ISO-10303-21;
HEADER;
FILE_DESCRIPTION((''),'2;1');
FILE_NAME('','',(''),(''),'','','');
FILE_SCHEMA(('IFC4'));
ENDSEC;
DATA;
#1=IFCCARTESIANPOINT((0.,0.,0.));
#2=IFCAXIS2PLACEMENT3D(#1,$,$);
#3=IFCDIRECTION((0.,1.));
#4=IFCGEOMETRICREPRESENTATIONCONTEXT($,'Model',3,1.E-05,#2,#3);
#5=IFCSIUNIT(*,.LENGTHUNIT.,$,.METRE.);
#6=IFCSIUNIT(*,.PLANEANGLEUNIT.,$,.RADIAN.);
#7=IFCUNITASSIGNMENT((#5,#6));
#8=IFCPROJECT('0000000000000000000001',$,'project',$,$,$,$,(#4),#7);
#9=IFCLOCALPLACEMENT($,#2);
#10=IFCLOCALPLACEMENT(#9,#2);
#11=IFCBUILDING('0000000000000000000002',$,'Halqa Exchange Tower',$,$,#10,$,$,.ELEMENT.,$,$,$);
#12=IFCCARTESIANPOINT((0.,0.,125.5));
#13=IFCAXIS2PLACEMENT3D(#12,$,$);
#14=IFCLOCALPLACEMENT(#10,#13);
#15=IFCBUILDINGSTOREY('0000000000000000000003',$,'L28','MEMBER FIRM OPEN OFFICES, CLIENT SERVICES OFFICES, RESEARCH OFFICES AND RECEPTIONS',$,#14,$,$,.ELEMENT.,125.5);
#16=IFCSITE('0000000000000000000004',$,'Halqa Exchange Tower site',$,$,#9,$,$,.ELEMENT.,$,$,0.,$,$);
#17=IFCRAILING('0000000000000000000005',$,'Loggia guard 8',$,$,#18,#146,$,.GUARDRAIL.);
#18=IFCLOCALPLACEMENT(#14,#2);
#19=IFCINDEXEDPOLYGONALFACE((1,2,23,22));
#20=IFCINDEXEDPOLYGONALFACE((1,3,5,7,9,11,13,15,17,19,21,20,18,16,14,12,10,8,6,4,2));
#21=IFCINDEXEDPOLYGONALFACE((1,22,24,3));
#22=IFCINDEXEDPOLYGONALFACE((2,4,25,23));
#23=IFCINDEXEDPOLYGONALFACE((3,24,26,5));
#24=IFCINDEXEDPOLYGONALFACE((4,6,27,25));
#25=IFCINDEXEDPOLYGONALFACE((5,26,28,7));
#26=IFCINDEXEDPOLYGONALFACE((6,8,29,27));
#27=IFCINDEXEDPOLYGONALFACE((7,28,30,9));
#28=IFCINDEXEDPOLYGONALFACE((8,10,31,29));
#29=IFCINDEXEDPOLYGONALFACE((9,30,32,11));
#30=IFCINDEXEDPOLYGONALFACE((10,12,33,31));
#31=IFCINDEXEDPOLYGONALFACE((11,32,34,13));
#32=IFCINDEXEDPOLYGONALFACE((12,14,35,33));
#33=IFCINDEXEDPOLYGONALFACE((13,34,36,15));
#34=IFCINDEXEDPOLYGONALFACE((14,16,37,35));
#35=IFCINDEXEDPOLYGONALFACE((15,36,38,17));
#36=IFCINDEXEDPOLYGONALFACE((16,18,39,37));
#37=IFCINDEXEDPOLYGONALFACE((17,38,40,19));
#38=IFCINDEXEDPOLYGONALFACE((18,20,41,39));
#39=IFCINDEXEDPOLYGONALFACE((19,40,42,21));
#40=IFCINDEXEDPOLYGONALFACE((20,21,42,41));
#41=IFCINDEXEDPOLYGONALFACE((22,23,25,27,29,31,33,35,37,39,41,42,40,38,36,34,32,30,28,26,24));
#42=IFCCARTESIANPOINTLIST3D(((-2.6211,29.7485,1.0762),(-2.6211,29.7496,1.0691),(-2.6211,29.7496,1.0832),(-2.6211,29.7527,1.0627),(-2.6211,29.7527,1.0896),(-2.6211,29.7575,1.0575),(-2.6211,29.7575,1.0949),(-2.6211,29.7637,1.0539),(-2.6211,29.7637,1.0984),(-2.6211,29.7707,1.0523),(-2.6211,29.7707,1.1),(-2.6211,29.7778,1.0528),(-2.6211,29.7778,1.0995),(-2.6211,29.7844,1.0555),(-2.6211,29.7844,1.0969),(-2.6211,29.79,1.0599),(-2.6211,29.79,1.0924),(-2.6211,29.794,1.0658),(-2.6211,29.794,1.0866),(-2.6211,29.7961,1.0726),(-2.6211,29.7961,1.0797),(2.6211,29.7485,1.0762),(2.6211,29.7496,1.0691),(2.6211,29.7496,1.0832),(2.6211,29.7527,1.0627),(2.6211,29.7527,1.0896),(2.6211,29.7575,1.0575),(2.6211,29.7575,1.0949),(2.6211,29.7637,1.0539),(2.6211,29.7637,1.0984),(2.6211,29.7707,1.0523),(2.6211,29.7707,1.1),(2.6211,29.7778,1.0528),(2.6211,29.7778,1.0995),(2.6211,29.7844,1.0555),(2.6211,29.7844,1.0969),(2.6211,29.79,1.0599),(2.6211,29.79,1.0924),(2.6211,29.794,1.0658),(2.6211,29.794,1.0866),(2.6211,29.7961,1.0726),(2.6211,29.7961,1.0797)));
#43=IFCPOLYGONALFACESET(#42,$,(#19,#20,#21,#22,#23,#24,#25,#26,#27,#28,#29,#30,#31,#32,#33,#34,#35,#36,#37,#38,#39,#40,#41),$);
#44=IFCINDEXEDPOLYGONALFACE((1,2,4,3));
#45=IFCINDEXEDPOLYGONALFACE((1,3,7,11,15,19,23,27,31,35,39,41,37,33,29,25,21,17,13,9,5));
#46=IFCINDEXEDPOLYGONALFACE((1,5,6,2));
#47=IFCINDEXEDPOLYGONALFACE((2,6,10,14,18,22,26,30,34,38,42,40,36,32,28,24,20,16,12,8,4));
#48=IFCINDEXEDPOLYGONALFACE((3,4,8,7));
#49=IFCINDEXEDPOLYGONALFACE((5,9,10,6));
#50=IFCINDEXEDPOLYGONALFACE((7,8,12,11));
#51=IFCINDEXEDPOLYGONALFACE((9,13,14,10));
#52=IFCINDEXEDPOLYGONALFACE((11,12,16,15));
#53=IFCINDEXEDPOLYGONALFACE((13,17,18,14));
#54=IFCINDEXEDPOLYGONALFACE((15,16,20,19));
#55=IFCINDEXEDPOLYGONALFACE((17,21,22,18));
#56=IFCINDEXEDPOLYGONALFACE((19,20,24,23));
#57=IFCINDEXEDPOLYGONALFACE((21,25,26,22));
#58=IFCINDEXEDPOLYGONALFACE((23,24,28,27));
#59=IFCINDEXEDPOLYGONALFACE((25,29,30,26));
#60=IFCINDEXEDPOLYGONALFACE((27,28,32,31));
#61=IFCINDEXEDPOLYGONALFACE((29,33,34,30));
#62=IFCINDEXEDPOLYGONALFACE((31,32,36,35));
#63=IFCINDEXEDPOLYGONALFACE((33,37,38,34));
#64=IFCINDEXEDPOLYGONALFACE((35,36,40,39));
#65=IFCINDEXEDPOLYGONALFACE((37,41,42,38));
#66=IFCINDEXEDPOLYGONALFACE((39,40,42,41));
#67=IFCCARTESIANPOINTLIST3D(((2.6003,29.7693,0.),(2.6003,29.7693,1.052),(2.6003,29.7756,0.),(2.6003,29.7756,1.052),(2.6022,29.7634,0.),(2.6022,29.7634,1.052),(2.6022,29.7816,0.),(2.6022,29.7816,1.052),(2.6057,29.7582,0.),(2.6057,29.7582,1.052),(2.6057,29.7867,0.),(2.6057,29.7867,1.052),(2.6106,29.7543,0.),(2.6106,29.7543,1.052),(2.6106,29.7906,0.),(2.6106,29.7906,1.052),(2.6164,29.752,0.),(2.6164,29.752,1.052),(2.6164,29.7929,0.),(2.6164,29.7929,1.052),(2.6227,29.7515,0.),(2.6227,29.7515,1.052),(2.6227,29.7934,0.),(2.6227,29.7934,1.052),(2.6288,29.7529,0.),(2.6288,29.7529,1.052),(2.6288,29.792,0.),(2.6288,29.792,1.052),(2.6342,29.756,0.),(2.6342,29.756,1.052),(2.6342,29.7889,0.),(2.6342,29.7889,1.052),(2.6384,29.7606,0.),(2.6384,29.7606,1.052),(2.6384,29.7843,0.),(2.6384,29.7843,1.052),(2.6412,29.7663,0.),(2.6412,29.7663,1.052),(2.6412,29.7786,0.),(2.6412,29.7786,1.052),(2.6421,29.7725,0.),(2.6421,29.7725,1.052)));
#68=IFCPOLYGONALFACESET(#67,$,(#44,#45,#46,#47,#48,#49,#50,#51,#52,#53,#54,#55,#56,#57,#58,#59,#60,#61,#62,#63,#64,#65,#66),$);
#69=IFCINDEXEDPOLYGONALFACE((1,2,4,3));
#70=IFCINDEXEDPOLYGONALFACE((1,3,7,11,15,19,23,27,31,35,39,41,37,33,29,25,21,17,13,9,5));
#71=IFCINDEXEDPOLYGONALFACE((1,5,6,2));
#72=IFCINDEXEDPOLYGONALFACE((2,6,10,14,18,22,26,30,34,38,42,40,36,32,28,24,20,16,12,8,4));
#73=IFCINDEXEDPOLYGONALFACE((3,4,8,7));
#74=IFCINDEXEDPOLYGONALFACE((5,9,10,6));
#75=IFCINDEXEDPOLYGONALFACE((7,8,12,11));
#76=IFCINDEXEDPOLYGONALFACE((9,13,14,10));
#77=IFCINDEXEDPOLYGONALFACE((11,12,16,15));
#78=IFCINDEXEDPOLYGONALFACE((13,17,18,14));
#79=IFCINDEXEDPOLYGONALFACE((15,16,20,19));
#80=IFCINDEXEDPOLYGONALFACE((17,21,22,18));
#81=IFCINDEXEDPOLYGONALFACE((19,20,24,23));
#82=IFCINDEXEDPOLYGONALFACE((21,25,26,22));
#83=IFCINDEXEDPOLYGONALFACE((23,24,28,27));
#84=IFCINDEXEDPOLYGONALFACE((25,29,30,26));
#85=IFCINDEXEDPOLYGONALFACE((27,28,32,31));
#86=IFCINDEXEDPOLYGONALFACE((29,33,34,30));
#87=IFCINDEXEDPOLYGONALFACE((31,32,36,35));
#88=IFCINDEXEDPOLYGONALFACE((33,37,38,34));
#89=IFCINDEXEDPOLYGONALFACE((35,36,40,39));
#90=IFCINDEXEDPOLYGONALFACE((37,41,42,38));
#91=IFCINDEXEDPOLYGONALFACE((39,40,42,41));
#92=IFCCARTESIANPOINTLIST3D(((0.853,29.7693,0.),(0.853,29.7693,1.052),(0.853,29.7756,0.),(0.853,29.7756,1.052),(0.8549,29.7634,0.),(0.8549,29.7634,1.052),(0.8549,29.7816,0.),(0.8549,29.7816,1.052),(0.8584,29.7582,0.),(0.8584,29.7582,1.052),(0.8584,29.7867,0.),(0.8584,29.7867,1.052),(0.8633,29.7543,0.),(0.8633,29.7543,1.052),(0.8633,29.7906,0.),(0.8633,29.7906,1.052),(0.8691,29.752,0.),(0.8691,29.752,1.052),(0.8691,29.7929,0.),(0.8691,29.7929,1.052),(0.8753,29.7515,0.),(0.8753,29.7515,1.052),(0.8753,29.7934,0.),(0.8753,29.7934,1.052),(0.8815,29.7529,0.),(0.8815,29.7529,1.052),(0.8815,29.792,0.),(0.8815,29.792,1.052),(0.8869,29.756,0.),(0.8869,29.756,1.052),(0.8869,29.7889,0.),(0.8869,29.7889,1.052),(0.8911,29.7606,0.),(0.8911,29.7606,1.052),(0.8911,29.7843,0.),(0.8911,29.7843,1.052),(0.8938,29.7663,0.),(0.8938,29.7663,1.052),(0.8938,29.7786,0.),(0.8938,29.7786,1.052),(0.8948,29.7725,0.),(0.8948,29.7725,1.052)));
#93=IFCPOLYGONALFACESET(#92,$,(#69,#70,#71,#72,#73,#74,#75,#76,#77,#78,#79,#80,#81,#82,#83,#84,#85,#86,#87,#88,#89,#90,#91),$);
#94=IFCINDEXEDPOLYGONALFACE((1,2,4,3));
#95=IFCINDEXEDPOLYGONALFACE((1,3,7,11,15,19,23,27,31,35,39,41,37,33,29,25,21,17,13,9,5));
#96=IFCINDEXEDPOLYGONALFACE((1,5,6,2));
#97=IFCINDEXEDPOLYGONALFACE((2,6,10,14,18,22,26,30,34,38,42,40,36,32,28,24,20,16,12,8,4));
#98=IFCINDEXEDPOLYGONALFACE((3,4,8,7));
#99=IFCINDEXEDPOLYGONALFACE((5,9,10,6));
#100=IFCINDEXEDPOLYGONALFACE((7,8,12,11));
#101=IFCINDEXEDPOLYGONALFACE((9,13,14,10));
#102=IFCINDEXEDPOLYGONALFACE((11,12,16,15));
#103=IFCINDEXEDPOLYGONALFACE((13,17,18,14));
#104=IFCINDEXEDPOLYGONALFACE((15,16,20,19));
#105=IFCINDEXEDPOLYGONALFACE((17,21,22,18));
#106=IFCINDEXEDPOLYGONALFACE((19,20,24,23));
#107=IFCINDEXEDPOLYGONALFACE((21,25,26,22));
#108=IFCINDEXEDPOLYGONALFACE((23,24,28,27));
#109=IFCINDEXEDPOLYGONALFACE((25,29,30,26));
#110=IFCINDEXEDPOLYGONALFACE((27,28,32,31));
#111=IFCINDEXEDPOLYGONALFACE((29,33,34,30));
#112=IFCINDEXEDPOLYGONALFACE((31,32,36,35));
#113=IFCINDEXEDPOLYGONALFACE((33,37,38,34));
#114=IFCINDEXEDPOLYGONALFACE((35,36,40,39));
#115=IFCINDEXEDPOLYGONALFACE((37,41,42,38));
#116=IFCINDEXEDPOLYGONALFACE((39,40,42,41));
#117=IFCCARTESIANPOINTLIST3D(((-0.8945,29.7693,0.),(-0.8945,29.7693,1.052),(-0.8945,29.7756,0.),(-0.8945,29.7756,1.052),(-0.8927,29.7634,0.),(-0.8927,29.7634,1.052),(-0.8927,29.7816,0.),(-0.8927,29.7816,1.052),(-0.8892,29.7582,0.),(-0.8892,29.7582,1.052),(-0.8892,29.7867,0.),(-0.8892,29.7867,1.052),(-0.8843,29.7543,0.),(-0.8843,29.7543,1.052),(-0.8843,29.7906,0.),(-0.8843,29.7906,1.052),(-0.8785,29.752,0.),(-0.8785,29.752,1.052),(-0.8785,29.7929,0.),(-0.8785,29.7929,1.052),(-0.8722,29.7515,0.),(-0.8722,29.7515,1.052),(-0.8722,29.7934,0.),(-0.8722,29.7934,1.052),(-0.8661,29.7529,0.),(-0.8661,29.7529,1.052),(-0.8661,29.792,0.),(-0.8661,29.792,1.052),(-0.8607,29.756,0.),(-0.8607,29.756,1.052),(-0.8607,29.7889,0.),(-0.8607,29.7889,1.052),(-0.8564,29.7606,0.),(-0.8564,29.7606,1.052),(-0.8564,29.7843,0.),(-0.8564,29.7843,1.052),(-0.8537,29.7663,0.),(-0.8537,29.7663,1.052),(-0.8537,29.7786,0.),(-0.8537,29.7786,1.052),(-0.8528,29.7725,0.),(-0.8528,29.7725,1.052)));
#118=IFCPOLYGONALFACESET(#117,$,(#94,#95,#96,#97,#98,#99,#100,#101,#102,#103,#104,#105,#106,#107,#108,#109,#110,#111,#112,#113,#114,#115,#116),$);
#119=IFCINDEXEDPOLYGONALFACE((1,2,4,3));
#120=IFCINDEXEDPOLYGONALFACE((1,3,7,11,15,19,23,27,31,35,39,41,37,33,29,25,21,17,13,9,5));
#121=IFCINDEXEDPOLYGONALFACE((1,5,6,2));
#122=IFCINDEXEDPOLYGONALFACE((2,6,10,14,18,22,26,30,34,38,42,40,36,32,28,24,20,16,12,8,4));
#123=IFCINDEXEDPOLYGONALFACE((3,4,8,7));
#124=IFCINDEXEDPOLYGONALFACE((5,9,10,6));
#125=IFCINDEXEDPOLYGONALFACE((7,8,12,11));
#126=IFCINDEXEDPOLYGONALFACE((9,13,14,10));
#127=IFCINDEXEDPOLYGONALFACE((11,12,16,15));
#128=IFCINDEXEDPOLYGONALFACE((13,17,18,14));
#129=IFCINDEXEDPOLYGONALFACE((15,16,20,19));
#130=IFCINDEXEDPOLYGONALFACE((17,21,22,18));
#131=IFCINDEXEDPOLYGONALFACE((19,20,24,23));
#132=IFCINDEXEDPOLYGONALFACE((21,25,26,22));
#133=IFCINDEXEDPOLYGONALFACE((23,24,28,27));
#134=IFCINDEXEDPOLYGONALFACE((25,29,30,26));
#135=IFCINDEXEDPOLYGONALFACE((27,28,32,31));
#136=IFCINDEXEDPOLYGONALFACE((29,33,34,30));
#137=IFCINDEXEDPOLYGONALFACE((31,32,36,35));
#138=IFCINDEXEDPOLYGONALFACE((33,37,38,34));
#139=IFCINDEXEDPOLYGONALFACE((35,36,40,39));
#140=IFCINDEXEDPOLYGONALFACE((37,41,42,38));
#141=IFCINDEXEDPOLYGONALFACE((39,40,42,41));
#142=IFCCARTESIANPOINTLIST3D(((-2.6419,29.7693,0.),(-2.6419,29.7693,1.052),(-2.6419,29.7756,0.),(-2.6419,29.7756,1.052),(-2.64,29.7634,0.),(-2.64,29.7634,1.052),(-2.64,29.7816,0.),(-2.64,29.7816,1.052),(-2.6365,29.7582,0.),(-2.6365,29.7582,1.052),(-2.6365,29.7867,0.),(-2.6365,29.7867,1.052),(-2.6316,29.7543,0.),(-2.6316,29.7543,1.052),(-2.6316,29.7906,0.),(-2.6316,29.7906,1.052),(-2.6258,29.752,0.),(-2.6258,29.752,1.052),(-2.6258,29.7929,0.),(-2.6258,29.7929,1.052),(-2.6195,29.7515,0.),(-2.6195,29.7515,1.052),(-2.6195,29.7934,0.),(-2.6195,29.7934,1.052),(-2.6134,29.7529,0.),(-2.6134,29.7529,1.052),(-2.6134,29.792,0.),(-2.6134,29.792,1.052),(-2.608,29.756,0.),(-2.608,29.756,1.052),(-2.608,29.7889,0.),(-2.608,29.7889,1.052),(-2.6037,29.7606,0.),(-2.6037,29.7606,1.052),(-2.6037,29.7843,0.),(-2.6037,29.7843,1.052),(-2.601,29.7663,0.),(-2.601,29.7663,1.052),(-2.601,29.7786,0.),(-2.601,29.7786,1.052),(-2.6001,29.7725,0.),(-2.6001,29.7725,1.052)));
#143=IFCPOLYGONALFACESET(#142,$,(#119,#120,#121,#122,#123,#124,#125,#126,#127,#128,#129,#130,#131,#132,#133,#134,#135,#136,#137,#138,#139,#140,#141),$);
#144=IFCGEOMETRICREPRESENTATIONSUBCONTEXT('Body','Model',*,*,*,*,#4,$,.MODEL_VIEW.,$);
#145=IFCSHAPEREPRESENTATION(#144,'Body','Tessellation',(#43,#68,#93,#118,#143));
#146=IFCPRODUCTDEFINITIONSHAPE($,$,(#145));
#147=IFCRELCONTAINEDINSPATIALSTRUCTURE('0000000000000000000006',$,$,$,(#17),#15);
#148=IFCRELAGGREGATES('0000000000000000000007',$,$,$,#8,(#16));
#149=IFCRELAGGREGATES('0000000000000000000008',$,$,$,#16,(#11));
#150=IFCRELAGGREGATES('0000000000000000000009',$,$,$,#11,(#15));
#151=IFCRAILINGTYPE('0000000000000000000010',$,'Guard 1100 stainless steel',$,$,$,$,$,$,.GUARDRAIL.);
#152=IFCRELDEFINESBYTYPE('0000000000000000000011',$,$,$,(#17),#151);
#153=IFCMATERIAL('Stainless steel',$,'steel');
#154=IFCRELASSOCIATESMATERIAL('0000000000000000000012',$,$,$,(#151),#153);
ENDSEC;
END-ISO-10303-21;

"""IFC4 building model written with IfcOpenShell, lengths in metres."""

from ifc_helpers import new_model, si_unit, direction, frame, origin, origin_2d, place, context, subcontext, project, spatial, circle, extrude, material, type_object, element, save


model = new_model("IFC4")

# Units and contexts
model_context = context("Model", 3, precision=1e-05, world=origin(), true_north=direction((0.0, 1.0)))
body_context = subcontext(model_context, "Body", "Model", "MODEL_VIEW")
ifc_project = project(units=[si_unit("LENGTHUNIT", "METRE"), si_unit("PLANEANGLEUNIT", "RADIAN")], contexts=[model_context])

# Site, building, storey
site_placement = place(None, origin())
site = spatial("IfcSite", under=ifc_project, at=site_placement, Name="Halqa Exchange Tower site", CompositionType="ELEMENT", RefElevation=0.0)
building_placement = place(site_placement, origin())
building = spatial("IfcBuilding", under=site, at=building_placement, Name="Halqa Exchange Tower", CompositionType="ELEMENT")
storey_placement = place(building_placement, frame((0.0, 0.0, 125.5)))
storey = spatial("IfcBuildingStorey", under=building, at=storey_placement, Name="L28", Description="MEMBER FIRM OPEN OFFICES, CLIENT SERVICES OFFICES, RESEARCH OFFICES AND RECEPTIONS", CompositionType="ELEMENT", Elevation=125.5)

# Railing
ifc_material_1 = material(Name="Stainless steel", Category="steel")
railing_type_1 = type_object("IfcRailingType", Name="Guard 1100 stainless steel", PredefinedType="GUARDRAIL", material=ifc_material_1)
railing_1_placement = place(storey_placement, frame((2.6211, 29.7725, 0.0)))
element("IfcRailing", 1, at=railing_1_placement, inside=storey, type_object=railing_type_1, Name="Loggia guard 8", PredefinedType="GUARDRAIL", context=body_context, shape_type="SweptSolid", body=[
    extrude(circle(Radius=0.0239, at=origin_2d()), frame((0.0, 0.0, 1.0762), z_axis=(-1.0, 0.0, 0.0), x_axis=(0.0, -1.0, 0.0)), (0.0, 0.0, 1.0), 5.2422),
    extrude(circle(Radius=0.021, at=origin_2d()), origin(), (0.0, 0.0, 1.0), 1.052),
    extrude(circle(Radius=0.021, at=origin_2d()), frame((-1.7473, 0.0, 0.0)), (0.0, 0.0, 1.0), 1.052),
    extrude(circle(Radius=0.021, at=origin_2d()), frame((-3.4949, 0.0, 0.0)), (0.0, 0.0, 1.0), 1.052),
    extrude(circle(Radius=0.021, at=origin_2d()), frame((-5.2422, 0.0, 0.0)), (0.0, 0.0, 1.0), 1.052),
])

save(model, "model.ifc")
